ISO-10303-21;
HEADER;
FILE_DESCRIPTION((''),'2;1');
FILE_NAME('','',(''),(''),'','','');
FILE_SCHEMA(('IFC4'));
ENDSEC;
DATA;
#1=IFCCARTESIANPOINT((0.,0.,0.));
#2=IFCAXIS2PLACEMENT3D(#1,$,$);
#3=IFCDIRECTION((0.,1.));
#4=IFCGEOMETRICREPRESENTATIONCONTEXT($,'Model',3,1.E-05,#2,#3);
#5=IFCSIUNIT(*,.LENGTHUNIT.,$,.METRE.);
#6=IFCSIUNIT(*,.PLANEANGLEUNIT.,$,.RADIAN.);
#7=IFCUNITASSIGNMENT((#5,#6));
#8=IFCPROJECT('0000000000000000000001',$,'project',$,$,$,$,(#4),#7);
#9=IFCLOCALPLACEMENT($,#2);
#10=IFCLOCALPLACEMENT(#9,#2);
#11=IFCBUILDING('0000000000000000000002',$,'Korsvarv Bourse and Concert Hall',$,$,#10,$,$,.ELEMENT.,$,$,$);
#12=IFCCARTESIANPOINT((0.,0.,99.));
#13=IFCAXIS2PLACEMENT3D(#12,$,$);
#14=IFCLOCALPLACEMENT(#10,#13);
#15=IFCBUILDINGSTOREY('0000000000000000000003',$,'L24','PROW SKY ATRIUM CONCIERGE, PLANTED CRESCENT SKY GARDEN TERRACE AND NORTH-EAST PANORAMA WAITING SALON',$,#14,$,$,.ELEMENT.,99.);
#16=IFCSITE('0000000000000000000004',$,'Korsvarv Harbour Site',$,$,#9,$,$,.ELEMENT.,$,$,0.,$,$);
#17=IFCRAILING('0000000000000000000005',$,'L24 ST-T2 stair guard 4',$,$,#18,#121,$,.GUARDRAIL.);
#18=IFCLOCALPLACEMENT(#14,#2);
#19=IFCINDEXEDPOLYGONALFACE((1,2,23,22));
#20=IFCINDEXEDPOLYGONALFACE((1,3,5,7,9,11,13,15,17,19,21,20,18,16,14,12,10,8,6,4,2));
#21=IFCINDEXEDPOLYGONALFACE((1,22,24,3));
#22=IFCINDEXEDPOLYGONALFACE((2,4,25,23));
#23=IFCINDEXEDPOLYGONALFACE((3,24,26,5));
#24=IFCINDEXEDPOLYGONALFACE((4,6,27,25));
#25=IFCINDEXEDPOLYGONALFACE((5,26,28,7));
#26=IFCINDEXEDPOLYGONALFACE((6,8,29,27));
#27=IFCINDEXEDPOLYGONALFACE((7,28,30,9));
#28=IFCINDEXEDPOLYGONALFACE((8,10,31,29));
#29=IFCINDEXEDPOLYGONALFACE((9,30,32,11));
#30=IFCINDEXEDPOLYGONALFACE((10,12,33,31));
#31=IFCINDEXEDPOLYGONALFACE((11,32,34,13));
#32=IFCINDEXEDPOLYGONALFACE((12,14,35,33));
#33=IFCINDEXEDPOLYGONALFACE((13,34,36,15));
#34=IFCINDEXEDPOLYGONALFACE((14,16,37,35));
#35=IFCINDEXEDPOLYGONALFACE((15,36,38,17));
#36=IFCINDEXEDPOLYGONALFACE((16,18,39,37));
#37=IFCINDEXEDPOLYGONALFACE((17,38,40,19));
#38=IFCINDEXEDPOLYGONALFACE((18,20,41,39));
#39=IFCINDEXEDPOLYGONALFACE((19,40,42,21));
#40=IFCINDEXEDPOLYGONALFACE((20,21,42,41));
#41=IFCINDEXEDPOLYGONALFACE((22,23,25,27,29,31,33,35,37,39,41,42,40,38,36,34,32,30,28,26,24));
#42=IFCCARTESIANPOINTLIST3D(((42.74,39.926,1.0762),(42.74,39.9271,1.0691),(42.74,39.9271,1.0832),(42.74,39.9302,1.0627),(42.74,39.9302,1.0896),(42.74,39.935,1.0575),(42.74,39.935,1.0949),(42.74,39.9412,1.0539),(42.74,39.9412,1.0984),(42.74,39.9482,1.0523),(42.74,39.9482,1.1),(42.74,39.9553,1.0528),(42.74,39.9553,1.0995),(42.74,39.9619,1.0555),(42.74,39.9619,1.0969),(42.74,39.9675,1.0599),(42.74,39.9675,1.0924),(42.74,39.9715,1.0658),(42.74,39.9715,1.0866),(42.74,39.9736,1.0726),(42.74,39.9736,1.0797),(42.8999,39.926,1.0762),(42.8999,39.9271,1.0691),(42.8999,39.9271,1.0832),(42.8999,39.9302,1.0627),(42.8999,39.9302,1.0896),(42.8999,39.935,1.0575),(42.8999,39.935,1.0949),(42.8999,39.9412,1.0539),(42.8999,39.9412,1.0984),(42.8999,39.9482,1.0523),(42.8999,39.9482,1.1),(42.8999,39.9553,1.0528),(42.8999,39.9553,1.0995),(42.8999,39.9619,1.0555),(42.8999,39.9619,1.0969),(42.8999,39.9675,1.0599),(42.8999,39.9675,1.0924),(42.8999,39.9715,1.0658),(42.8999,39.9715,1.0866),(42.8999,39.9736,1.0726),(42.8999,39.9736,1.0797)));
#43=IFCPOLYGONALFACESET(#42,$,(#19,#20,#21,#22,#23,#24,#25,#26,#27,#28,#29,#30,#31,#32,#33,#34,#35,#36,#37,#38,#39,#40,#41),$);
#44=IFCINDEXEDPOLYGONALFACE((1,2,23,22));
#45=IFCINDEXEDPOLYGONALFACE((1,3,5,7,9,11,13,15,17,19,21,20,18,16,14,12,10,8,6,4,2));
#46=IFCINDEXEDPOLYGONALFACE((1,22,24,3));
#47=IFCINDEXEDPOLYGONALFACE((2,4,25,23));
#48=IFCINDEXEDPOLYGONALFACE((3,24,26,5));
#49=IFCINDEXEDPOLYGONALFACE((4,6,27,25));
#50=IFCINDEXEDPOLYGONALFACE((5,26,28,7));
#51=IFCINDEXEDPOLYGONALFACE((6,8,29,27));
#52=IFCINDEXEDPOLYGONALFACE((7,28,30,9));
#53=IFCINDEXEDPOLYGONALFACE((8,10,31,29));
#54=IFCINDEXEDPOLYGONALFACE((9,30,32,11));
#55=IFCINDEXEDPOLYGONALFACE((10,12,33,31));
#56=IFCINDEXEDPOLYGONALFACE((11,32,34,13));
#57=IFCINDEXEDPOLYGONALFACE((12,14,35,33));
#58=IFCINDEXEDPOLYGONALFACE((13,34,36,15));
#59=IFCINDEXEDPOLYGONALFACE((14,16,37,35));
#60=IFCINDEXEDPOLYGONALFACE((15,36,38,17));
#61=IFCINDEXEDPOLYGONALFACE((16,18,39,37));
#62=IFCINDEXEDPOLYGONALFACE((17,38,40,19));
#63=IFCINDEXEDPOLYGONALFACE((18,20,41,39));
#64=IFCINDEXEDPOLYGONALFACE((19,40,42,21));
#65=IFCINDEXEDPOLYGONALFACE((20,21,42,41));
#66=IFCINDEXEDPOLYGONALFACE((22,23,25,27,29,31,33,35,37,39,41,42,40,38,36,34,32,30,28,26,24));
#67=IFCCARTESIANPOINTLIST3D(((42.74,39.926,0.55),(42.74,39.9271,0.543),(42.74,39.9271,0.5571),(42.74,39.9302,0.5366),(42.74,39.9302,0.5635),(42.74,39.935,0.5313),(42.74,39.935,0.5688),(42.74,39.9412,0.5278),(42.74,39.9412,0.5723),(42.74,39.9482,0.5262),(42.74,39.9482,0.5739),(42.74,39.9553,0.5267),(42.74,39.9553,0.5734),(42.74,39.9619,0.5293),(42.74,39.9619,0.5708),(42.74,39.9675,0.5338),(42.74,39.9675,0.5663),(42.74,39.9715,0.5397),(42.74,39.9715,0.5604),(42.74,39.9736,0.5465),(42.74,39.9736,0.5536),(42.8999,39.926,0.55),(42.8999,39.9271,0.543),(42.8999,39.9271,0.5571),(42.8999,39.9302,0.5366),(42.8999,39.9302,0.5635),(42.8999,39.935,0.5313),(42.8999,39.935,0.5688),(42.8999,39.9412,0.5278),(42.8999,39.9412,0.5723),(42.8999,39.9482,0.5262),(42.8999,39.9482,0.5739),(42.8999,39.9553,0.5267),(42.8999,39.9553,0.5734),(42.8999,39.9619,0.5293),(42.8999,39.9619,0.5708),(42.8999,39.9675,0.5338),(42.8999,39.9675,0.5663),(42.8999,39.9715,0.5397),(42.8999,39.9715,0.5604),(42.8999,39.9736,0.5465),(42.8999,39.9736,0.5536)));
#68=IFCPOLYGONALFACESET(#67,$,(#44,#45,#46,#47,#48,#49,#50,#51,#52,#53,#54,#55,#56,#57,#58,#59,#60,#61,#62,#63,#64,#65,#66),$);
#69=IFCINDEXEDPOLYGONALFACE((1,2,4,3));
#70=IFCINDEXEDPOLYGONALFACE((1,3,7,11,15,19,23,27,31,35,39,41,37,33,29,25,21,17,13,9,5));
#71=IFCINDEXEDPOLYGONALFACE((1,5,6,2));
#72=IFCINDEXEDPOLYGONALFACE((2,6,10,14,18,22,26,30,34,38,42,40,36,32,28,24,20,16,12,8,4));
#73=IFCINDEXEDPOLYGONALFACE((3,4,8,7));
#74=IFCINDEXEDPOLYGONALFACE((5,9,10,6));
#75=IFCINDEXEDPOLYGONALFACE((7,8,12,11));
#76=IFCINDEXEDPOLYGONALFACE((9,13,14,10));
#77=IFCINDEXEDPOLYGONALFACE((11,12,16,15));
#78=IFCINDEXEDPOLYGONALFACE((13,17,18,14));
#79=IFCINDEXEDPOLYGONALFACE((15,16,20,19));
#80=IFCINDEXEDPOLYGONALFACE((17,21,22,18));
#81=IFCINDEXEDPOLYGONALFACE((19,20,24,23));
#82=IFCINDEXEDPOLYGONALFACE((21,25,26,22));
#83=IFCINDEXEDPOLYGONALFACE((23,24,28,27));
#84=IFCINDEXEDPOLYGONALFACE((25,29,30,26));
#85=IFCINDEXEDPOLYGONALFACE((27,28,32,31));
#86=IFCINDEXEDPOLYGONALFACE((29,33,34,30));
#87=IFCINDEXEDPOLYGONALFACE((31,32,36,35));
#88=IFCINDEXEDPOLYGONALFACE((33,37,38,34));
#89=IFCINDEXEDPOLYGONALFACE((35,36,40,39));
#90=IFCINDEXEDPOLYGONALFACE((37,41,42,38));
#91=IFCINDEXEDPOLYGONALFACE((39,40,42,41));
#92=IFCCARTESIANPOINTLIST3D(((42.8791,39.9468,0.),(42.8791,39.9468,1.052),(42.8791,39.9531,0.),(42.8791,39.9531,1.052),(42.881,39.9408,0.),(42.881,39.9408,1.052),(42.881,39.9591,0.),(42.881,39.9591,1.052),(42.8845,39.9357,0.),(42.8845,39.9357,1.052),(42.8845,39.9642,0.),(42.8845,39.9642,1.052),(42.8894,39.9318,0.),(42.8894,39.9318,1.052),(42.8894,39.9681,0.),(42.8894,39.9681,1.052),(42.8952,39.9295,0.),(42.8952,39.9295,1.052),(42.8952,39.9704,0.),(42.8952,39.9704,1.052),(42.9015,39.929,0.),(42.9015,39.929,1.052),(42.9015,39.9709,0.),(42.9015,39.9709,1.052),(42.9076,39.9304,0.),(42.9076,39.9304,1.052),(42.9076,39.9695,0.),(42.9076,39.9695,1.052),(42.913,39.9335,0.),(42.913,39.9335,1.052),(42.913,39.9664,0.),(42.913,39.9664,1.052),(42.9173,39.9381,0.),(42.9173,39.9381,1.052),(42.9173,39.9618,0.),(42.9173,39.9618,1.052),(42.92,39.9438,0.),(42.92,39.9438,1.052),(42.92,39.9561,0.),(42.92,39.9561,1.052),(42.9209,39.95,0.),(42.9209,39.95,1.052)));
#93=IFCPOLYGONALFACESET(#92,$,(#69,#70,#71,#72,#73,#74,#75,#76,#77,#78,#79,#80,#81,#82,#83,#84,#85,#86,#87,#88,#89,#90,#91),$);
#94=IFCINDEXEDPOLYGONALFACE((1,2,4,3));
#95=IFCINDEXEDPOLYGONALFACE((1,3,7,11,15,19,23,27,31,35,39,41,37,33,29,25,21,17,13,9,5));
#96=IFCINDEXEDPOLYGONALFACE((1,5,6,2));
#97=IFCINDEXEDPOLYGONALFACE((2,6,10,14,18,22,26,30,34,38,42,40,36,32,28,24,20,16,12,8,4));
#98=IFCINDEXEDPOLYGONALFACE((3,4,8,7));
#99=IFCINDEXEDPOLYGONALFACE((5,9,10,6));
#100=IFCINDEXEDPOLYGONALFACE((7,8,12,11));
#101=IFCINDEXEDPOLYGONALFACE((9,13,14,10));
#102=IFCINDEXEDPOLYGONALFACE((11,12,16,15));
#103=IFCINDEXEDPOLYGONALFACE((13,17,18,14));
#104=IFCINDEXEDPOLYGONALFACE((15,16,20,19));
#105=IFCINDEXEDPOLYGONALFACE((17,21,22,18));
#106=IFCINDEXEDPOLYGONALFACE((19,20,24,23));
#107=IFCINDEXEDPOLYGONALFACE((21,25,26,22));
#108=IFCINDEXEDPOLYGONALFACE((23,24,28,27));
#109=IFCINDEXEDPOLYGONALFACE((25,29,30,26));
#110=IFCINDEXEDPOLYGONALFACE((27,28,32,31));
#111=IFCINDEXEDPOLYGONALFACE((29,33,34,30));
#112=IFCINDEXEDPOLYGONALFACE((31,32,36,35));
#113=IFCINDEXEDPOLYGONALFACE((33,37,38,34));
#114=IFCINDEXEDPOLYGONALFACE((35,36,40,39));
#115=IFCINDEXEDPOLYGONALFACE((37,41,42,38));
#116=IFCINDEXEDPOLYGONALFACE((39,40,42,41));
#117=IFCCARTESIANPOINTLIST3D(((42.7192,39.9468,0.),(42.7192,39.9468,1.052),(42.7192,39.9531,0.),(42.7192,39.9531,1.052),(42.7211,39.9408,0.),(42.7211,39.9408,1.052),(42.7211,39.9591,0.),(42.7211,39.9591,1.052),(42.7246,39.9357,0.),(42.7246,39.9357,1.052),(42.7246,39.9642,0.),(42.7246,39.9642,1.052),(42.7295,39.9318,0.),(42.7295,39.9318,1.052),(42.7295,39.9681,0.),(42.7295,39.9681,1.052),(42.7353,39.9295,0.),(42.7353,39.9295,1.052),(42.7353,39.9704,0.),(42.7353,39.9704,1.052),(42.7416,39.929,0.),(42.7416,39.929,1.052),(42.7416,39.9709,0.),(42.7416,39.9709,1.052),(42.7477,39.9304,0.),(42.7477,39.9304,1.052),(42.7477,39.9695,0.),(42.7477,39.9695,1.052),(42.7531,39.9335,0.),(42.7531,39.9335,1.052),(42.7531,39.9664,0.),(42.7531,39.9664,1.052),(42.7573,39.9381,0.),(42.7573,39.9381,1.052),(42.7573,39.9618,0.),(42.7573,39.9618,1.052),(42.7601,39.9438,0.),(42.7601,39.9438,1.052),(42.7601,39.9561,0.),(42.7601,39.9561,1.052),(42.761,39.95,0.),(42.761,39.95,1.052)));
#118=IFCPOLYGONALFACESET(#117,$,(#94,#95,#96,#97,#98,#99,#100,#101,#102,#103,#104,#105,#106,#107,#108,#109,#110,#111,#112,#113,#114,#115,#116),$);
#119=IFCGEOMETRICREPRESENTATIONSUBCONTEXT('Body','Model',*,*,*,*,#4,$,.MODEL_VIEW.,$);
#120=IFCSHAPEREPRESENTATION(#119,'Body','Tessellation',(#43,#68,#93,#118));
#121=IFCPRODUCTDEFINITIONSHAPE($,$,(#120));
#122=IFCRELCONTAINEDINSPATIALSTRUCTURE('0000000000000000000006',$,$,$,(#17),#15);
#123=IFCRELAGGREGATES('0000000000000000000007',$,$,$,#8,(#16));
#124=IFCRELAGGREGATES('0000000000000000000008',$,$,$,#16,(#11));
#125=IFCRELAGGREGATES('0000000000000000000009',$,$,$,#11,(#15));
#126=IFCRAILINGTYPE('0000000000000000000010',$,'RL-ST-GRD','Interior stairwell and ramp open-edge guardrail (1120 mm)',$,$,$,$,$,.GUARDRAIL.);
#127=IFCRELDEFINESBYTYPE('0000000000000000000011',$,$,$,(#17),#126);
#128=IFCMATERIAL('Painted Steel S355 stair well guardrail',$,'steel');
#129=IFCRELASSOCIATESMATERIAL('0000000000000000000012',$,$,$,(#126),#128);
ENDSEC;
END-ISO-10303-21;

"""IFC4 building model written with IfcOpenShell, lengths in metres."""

from ifc_helpers import new_model, si_unit, direction, frame, origin, origin_2d, place, context, subcontext, project, spatial, circle, extrude, material, type_object, element, save


model = new_model("IFC4")

# Units and contexts
model_context = context("Model", 3, precision=1e-05, world=origin(), true_north=direction((0.0, 1.0)))
body_context = subcontext(model_context, "Body", "Model", "MODEL_VIEW")
ifc_project = project(units=[si_unit("LENGTHUNIT", "METRE"), si_unit("PLANEANGLEUNIT", "RADIAN")], contexts=[model_context])

# Site, building, storey
site_placement = place(None, origin())
site = spatial("IfcSite", under=ifc_project, at=site_placement, Name="Korsvarv Harbour Site", CompositionType="ELEMENT", RefElevation=0.0)
building_placement = place(site_placement, origin())
building = spatial("IfcBuilding", under=site, at=building_placement, Name="Korsvarv Bourse and Concert Hall", CompositionType="ELEMENT")
storey_placement = place(building_placement, frame((0.0, 0.0, 99.0)))
storey = spatial("IfcBuildingStorey", under=building, at=storey_placement, Name="L24", Description="PROW SKY ATRIUM CONCIERGE, PLANTED CRESCENT SKY GARDEN TERRACE AND NORTH-EAST PANORAMA WAITING SALON", CompositionType="ELEMENT", Elevation=99.0)

# Railing
ifc_material_1 = material(Name="Painted Steel S355 stair well guardrail", Category="steel")
railing_type_1 = type_object("IfcRailingType", Name="RL-ST-GRD", Description="Interior stairwell and ramp open-edge guardrail (1120 mm)", PredefinedType="GUARDRAIL", material=ifc_material_1)
railing_1_placement = place(storey_placement, frame((42.8999, 39.95, 0.0)))
element("IfcRailing", 1, at=railing_1_placement, inside=storey, type_object=railing_type_1, Name="L24 ST-T2 stair guard 4", PredefinedType="GUARDRAIL", context=body_context, shape_type="SweptSolid", body=[
    extrude(circle(Radius=0.0239, at=origin_2d()), frame((0.0, 0.0, 1.0762), z_axis=(-1.0, 0.0, 0.0), x_axis=(0.0, -1.0, 0.0)), (0.0, 0.0, 1.0), 0.1599),
    extrude(circle(Radius=0.0239, at=origin_2d()), frame((0.0, 0.0, 0.55), z_axis=(-1.0, 0.0, 0.0), x_axis=(0.0, -1.0, 0.0)), (0.0, 0.0, 1.0), 0.1599),
    extrude(circle(Radius=0.021, at=origin_2d()), origin(), (0.0, 0.0, 1.0), 1.052),
    extrude(circle(Radius=0.021, at=origin_2d()), frame((-0.1599, 0.0, 0.0)), (0.0, 0.0, 1.0), 1.052),
])

save(model, "model.ifc")
